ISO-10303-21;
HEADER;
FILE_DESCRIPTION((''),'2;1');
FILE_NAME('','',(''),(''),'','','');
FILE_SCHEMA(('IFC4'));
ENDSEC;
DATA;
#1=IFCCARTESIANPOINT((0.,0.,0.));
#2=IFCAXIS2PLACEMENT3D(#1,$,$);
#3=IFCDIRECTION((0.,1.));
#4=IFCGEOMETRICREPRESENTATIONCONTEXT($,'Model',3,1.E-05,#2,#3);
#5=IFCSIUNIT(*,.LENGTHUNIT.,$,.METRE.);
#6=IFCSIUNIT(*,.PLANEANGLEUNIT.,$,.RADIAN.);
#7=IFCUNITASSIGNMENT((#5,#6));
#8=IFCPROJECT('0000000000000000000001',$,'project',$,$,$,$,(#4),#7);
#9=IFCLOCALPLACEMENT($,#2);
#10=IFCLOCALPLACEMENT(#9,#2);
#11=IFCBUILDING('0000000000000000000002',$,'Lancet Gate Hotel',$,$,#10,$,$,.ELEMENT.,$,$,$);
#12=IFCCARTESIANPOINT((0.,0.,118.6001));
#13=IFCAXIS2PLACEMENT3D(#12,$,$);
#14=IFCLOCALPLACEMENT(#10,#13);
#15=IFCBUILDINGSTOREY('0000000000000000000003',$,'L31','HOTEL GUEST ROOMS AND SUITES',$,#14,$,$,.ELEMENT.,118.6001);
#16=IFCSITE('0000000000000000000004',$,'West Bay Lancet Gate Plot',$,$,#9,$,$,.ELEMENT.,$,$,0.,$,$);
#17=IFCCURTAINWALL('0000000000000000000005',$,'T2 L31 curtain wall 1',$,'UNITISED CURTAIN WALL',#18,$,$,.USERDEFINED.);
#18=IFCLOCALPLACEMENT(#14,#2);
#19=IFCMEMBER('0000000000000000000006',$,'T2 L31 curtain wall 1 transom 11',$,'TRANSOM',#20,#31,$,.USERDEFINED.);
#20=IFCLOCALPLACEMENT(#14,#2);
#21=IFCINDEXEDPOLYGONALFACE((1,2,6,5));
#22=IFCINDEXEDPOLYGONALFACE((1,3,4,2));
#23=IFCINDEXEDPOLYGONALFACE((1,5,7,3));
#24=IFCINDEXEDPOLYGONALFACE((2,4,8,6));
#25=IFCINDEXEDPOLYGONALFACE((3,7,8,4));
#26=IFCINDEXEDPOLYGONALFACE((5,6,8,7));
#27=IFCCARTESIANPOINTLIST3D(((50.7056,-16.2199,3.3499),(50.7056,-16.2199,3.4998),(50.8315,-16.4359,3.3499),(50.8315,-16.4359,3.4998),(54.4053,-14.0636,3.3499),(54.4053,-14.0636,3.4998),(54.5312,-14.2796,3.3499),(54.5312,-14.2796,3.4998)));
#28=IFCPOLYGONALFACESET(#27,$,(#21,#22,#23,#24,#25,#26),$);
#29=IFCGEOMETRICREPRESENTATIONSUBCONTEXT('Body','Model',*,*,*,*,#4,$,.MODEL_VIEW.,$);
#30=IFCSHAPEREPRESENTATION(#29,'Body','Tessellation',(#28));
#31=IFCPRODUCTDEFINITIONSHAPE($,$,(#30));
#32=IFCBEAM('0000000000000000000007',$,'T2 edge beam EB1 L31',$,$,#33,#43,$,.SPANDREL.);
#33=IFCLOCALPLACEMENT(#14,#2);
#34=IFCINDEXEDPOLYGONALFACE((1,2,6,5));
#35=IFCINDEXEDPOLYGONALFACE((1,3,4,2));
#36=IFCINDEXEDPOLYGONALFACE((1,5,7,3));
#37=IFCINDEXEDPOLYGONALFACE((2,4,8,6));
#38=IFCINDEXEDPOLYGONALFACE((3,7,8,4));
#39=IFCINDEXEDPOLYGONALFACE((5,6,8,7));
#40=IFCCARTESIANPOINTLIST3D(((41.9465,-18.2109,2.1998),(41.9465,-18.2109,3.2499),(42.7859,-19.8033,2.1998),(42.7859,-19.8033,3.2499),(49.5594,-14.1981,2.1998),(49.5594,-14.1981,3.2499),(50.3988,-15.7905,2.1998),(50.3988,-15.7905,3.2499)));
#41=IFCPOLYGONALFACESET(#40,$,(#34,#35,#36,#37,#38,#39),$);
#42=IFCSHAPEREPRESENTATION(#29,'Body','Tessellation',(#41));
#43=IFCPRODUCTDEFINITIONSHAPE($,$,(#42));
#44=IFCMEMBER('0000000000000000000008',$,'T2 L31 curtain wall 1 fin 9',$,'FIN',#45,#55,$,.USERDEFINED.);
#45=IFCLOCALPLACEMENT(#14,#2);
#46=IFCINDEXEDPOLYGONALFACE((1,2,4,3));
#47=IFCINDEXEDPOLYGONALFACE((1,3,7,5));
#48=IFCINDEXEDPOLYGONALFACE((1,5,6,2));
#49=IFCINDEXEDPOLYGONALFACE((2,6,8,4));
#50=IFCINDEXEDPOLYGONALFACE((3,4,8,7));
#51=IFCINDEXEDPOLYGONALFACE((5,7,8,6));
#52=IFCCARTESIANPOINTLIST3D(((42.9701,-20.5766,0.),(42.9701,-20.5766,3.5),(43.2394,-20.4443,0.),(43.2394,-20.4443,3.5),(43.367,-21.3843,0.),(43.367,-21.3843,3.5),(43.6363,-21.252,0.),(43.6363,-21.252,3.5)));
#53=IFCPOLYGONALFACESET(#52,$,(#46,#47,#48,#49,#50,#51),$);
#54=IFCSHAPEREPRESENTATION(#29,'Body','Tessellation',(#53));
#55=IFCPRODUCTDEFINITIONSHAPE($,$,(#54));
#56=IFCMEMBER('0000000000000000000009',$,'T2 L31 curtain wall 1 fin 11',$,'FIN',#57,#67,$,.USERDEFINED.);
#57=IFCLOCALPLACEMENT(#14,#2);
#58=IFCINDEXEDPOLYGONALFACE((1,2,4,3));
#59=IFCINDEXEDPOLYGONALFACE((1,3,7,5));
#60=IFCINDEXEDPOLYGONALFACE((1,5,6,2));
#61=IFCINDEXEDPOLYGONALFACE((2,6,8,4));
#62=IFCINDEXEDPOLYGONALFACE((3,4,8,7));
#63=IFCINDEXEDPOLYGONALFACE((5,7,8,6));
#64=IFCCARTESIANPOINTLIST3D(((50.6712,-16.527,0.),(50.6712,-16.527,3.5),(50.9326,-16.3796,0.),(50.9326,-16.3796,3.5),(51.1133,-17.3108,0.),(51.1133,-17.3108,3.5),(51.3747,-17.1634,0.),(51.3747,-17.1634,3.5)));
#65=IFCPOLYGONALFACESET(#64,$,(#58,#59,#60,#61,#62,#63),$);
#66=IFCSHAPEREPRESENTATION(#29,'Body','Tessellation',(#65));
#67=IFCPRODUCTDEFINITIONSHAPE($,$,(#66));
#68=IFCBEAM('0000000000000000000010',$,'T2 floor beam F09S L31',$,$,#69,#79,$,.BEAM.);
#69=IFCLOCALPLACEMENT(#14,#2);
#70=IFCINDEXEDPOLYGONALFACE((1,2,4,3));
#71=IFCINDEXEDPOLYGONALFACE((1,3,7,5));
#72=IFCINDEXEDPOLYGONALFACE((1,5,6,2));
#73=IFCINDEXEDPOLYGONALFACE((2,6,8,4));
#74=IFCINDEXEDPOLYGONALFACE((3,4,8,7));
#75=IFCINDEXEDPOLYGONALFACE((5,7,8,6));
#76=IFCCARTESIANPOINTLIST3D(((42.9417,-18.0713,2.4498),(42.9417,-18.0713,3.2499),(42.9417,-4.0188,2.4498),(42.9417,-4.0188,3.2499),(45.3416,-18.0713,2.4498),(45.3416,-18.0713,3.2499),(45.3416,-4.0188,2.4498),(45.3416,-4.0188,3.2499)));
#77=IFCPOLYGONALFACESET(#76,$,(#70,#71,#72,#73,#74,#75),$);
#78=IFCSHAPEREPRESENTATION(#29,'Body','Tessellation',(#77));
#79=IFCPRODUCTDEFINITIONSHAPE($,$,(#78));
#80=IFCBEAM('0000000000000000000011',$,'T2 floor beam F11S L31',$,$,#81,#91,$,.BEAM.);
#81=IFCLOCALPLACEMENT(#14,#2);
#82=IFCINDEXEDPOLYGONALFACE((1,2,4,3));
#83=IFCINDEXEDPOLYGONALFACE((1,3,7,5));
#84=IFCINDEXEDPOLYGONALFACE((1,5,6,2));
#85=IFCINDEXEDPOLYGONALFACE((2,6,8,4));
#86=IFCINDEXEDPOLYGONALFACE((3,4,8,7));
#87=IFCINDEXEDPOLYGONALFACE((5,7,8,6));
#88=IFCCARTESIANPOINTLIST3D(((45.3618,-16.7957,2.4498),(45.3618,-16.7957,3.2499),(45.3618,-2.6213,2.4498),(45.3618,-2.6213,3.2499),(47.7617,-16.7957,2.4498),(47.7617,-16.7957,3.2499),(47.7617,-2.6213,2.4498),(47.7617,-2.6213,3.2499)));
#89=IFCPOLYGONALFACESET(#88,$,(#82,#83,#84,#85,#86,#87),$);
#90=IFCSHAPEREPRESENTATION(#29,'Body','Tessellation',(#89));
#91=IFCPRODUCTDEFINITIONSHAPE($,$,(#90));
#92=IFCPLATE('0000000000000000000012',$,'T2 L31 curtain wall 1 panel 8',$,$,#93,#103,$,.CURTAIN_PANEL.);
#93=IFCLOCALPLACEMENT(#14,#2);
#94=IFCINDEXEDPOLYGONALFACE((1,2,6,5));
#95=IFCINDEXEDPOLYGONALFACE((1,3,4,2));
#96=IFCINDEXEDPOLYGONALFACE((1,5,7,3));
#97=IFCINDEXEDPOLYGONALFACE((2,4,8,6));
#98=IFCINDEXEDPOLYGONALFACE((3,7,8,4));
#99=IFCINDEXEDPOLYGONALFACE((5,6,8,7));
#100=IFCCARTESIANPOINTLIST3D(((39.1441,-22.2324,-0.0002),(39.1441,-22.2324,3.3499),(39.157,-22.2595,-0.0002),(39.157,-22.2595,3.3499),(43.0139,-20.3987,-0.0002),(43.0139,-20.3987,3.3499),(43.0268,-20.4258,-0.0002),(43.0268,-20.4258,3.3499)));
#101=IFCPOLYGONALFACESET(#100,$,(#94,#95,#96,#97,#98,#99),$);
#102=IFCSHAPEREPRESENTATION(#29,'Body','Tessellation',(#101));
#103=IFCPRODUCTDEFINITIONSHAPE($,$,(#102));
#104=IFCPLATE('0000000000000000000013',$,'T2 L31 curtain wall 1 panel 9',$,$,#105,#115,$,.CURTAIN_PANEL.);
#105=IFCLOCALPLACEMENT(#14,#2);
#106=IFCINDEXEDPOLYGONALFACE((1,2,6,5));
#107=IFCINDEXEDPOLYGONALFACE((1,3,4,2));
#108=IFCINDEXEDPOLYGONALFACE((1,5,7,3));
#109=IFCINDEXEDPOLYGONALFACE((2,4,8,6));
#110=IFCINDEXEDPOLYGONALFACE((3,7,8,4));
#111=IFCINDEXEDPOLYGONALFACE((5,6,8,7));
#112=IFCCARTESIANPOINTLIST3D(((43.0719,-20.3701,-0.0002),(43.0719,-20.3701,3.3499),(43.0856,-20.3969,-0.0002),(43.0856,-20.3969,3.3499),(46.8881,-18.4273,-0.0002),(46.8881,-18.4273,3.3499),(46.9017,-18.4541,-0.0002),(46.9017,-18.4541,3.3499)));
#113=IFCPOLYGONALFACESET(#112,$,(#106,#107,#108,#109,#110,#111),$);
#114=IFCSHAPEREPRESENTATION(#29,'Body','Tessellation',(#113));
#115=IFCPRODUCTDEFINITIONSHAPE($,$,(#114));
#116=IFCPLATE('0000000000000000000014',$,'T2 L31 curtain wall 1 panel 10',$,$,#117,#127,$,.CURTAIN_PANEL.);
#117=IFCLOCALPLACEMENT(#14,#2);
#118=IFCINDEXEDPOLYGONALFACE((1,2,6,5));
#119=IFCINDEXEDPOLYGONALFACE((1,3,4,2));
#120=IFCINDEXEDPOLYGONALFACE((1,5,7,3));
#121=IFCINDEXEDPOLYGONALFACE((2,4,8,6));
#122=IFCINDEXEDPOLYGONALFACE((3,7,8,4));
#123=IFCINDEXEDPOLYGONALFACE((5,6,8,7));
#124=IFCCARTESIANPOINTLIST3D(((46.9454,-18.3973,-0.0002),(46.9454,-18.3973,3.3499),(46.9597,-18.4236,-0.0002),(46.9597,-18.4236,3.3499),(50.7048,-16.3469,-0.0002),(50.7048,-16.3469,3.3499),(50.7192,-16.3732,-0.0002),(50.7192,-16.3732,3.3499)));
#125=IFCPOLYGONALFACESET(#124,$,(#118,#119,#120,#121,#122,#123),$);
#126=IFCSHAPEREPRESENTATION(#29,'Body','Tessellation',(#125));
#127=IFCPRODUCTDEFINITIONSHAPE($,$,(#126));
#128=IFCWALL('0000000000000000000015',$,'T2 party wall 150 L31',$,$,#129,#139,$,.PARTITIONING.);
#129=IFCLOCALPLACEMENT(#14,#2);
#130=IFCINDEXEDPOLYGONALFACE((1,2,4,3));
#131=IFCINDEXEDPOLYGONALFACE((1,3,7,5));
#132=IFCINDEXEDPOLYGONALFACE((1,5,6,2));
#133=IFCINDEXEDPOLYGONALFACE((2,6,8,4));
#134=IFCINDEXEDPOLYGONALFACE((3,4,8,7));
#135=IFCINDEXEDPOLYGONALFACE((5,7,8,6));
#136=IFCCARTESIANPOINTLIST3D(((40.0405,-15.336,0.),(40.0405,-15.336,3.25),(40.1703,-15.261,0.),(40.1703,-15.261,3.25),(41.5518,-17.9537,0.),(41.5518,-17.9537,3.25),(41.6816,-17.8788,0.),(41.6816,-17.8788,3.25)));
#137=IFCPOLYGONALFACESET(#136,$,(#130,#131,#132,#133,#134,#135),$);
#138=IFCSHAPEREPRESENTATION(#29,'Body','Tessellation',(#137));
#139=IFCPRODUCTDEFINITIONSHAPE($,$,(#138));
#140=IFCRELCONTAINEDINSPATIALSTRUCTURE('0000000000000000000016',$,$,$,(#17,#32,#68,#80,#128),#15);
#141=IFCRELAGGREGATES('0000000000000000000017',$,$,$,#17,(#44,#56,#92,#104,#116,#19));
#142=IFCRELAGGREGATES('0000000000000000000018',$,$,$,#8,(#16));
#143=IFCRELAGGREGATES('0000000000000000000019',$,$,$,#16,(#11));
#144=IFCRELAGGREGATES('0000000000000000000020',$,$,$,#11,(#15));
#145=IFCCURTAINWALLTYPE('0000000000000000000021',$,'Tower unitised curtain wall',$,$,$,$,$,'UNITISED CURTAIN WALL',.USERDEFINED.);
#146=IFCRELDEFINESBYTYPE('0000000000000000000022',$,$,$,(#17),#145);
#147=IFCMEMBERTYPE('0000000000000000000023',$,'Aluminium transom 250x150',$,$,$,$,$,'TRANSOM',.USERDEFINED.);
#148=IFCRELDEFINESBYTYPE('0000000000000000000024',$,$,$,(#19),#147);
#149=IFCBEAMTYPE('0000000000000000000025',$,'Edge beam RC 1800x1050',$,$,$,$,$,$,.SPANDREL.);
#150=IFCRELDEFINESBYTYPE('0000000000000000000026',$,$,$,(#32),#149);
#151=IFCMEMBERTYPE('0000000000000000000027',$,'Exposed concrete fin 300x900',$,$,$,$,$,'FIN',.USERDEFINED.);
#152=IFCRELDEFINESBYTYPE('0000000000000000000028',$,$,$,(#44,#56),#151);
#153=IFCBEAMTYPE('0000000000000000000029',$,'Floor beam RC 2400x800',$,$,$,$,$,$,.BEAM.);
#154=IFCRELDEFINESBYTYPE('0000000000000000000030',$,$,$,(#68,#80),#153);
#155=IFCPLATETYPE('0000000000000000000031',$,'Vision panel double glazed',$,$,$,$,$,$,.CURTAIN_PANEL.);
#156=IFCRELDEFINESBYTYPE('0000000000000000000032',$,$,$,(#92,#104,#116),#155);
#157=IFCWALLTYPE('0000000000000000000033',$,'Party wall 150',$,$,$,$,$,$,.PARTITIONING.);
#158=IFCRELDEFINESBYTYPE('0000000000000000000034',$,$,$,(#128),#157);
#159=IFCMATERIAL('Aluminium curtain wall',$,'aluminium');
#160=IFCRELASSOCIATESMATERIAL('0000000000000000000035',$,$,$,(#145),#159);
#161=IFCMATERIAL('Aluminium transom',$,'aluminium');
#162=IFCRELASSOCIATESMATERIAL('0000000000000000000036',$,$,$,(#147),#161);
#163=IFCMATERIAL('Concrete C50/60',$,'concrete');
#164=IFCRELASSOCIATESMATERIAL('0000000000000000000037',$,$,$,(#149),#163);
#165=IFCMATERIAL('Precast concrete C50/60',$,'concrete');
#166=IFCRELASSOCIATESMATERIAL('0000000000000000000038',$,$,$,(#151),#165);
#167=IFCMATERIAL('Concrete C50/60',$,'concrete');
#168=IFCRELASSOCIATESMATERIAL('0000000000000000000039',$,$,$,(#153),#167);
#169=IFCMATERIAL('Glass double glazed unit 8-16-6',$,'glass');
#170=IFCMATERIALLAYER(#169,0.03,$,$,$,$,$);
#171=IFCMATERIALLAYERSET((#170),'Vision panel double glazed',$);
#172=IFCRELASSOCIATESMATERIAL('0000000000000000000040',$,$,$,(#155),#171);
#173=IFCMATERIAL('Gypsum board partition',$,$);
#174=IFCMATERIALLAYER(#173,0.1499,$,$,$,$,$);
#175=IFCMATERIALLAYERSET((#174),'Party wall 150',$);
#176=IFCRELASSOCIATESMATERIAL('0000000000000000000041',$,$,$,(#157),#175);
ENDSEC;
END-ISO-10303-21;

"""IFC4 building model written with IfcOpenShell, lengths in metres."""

from ifc_helpers import new_model, si_unit, direction, frame, frame_2d, origin, origin_2d, place, context, subcontext, project, spatial, rectangle, extrude, material, layer, layer_set, material_profile, profile_set, type_object, element, aggregate, save


model = new_model("IFC4")

# Units and contexts
model_context = context("Model", 3, precision=1e-05, world=origin(), true_north=direction((0.0, 1.0)))
body_context = subcontext(model_context, "Body", "Model", "MODEL_VIEW")
ifc_project = project(units=[si_unit("LENGTHUNIT", "METRE"), si_unit("PLANEANGLEUNIT", "RADIAN")], contexts=[model_context])

# Site, building, storey
site_placement = place(None, origin())
site = spatial("IfcSite", under=ifc_project, at=site_placement, Name="West Bay Lancet Gate Plot", CompositionType="ELEMENT", RefElevation=0.0)
building_placement = place(site_placement, origin())
building = spatial("IfcBuilding", under=site, at=building_placement, Name="Lancet Gate Hotel", CompositionType="ELEMENT")
storey_placement = place(building_placement, frame((0.0, 0.0, 118.6001)))
storey = spatial("IfcBuildingStorey", under=building, at=storey_placement, Name="L31", Description="HOTEL GUEST ROOMS AND SUITES", CompositionType="ELEMENT", Elevation=118.6001)

# Curtain wall, member
ifc_material_1 = material(Name="Aluminium curtain wall", Category="aluminium")
curtain_wall_type = type_object("IfcCurtainWallType", Name="Tower unitised curtain wall", ElementType="UNITISED CURTAIN WALL", PredefinedType="USERDEFINED", material=ifc_material_1)
curtain_wall_placement = place(storey_placement, origin())
curtain_wall = element("IfcCurtainWall", 1, at=curtain_wall_placement, inside=storey, type_object=curtain_wall_type, Name="T2 L31 curtain wall 1", ObjectType="UNITISED CURTAIN WALL", PredefinedType="USERDEFINED")
ifc_material_2 = material(Name="Aluminium transom", Category="aluminium")
ifc_material_profile_1 = material_profile(ifc_material_2, rectangle(XDim=0.25, YDim=0.1499, at=origin_2d()), Name="TRANSOM 250x150")
ifc_profile_set_1 = profile_set([ifc_material_profile_1], Name="Aluminium transom")
member_type_1 = type_object("IfcMemberType", Name="Aluminium transom 250x150", ElementType="TRANSOM", PredefinedType="USERDEFINED", material=ifc_profile_set_1)
member_1_placement = place(storey_placement, frame((50.7686, -16.3279, 3.4248), z_axis=(0.863973, 0.503538, 0.0), x_axis=(-0.503538, 0.863973, 0.0)))
member_1 = element("IfcMember", 2, at=member_1_placement, type_object=member_type_1, Name="T2 L31 curtain wall 1 transom 11", ObjectType="TRANSOM", PredefinedType="USERDEFINED", context=body_context, shape_type="SweptSolid", body=[
    extrude(rectangle(XDim=0.25, YDim=0.1499, at=origin_2d()), origin(), (0.0, 0.0, 1.0), 4.2822),
])

# Beam
ifc_material_3 = material(Name="Concrete C50/60", Category="concrete")
ifc_material_profile_2 = material_profile(ifc_material_3, rectangle(XDim=1.8, YDim=1.05, at=origin_2d()), Name="RC 1800x1050")
ifc_profile_set_2 = profile_set([ifc_material_profile_2], Name="Concrete C50/60")
beam_type_1 = type_object("IfcBeamType", Name="Edge beam RC 1800x1050", PredefinedType="SPANDREL", material=ifc_profile_set_2)
beam_1_placement = place(storey_placement, frame((42.3662, -19.0071, 2.7249), z_axis=(0.884633, 0.466289, 0.0), x_axis=(-0.466289, 0.884633, 0.0)))
element("IfcBeam", 3, at=beam_1_placement, inside=storey, type_object=beam_type_1, Name="T2 edge beam EB1 L31", PredefinedType="SPANDREL", context=body_context, shape_type="SweptSolid", body=[
    extrude(rectangle(XDim=1.8, YDim=1.05, at=origin_2d()), origin(), (0.0, 0.0, 1.0), 8.6057),
])

# Members
ifc_material_4 = material(Name="Precast concrete C50/60", Category="concrete")
ifc_material_profile_3 = material_profile(ifc_material_4, rectangle(XDim=0.3, YDim=0.8999, at=origin_2d()), Name="FIN 300x900")
ifc_profile_set_3 = profile_set([ifc_material_profile_3], Name="Precast concrete C50/60")
member_type_2 = type_object("IfcMemberType", Name="Exposed concrete fin 300x900", ElementType="FIN", PredefinedType="USERDEFINED", material=ifc_profile_set_3)
member_2_placement = place(storey_placement, frame((43.3032, -20.9143, 0.0), z_axis=(0.0, 0.0, 1.0), x_axis=(0.897512, 0.44099, 0.0)))
member_2 = element("IfcMember", 4, at=member_2_placement, type_object=member_type_2, Name="T2 L31 curtain wall 1 fin 9", ObjectType="FIN", PredefinedType="USERDEFINED", context=body_context, shape_type="SweptSolid", body=[
    extrude(rectangle(XDim=0.3, YDim=0.8999, at=origin_2d()), origin(), (0.0, 0.0, 1.0), 3.5),
])
member_3_placement = place(storey_placement, frame((51.0229, -16.8452, 0.0), z_axis=(0.0, 0.0, 1.0), x_axis=(0.871029, 0.491232, 0.0)))
member_3 = element("IfcMember", 5, at=member_3_placement, type_object=member_type_2, Name="T2 L31 curtain wall 1 fin 11", ObjectType="FIN", PredefinedType="USERDEFINED", context=body_context, shape_type="SweptSolid", body=[
    extrude(rectangle(XDim=0.3, YDim=0.8999, at=origin_2d()), origin(), (0.0, 0.0, 1.0), 3.5),
])

# Beams
ifc_material_5 = material(Name="Concrete C50/60", Category="concrete")
ifc_material_profile_4 = material_profile(ifc_material_5, rectangle(XDim=2.3999, YDim=0.8, at=origin_2d()), Name="RC 2400x800")
ifc_profile_set_4 = profile_set([ifc_material_profile_4], Name="Concrete C50/60")
beam_type_2 = type_object("IfcBeamType", Name="Floor beam RC 2400x800", PredefinedType="BEAM", material=ifc_profile_set_4)
beam_2_placement = place(storey_placement, frame((44.1416, -18.0713, 2.8499), z_axis=(0.0, 1.0, 0.0), x_axis=(-1.0, 0.0, 0.0)))
element("IfcBeam", 6, at=beam_2_placement, inside=storey, type_object=beam_type_2, Name="T2 floor beam F09S L31", PredefinedType="BEAM", context=body_context, shape_type="SweptSolid", body=[
    extrude(rectangle(XDim=2.3999, YDim=0.8, at=origin_2d()), origin(), (0.0, 0.0, 1.0), 14.0525),
])
beam_3_placement = place(storey_placement, frame((46.5618, -16.7957, 2.8499), z_axis=(0.0, 1.0, 0.0), x_axis=(-1.0, 0.0, 0.0)))
element("IfcBeam", 7, at=beam_3_placement, inside=storey, type_object=beam_type_2, Name="T2 floor beam F11S L31", PredefinedType="BEAM", context=body_context, shape_type="SweptSolid", body=[
    extrude(rectangle(XDim=2.3999, YDim=0.8, at=origin_2d()), origin(), (0.0, 0.0, 1.0), 14.1743),
])

# Plates
ifc_material_6 = material(Name="Glass double glazed unit 8-16-6", Category="glass")
ifc_layer_1 = layer(ifc_material_6, 0.03)
ifc_layer_set_1 = layer_set([ifc_layer_1], Name="Vision panel double glazed")
plate_type = type_object("IfcPlateType", Name="Vision panel double glazed", PredefinedType="CURTAIN_PANEL", material=ifc_layer_set_1)
plate_1_placement = place(storey_placement, frame((41.0854, -21.3291, -0.0002), z_axis=(0.0, 0.0, 1.0), x_axis=(0.903683, 0.428201, 0.0)))
plate_1 = element("IfcPlate", 8, at=plate_1_placement, type_object=plate_type, Name="T2 L31 curtain wall 1 panel 8", PredefinedType="CURTAIN_PANEL", context=body_context, shape_type="SweptSolid", body=[
    extrude(rectangle(XDim=4.2822, YDim=0.03, at=origin_2d()), origin(), (0.0, 0.0, 1.0), 3.3501),
])
plate_2_placement = place(storey_placement, frame((44.9868, -19.4121, -0.0002), z_axis=(0.0, 0.0, 1.0), x_axis=(0.891159, 0.45369, 0.0)))
plate_2 = element("IfcPlate", 9, at=plate_2_placement, type_object=plate_type, Name="T2 L31 curtain wall 1 panel 9", PredefinedType="CURTAIN_PANEL", context=body_context, shape_type="SweptSolid", body=[
    extrude(rectangle(XDim=4.2822, YDim=0.03, at=origin_2d()), origin(), (0.0, 0.0, 1.0), 3.3501),
])
plate_3_placement = place(storey_placement, frame((48.8323, -17.3853, -0.0002), z_axis=(0.0, 0.0, 1.0), x_axis=(0.877916, 0.478814, 0.0)))
plate_3 = element("IfcPlate", 10, at=plate_3_placement, type_object=plate_type, Name="T2 L31 curtain wall 1 panel 10", PredefinedType="CURTAIN_PANEL", context=body_context, shape_type="SweptSolid", body=[
    extrude(rectangle(XDim=4.2822, YDim=0.03, at=origin_2d()), origin(), (0.0, 0.0, 1.0), 3.3501),
])
aggregate(curtain_wall, [member_2, member_3, plate_1, plate_2, plate_3, member_1])

# Wall
ifc_material_7 = material(Name="Gypsum board partition")
ifc_layer_2 = layer(ifc_material_7, 0.1499)
ifc_layer_set_2 = layer_set([ifc_layer_2], Name="Party wall 150")
wall_type = type_object("IfcWallType", Name="Party wall 150", PredefinedType="PARTITIONING", material=ifc_layer_set_2)
wall_placement = place(storey_placement, frame((40.1055, -15.2986, 0.0), z_axis=(0.0, 0.0, 1.0), x_axis=(0.499979, -0.866038, 0.0)))
element("IfcWall", 11, at=wall_placement, inside=storey, type_object=wall_type, Name="T2 party wall 150 L31", PredefinedType="PARTITIONING", context=body_context, shape_type="SweptSolid", body=[
    extrude(rectangle(XDim=3.0227, YDim=0.1499, at=frame_2d((1.5112, 0.0))), origin(), (0.0, 0.0, 1.0), 3.25),
])

save(model, "model.ifc")
